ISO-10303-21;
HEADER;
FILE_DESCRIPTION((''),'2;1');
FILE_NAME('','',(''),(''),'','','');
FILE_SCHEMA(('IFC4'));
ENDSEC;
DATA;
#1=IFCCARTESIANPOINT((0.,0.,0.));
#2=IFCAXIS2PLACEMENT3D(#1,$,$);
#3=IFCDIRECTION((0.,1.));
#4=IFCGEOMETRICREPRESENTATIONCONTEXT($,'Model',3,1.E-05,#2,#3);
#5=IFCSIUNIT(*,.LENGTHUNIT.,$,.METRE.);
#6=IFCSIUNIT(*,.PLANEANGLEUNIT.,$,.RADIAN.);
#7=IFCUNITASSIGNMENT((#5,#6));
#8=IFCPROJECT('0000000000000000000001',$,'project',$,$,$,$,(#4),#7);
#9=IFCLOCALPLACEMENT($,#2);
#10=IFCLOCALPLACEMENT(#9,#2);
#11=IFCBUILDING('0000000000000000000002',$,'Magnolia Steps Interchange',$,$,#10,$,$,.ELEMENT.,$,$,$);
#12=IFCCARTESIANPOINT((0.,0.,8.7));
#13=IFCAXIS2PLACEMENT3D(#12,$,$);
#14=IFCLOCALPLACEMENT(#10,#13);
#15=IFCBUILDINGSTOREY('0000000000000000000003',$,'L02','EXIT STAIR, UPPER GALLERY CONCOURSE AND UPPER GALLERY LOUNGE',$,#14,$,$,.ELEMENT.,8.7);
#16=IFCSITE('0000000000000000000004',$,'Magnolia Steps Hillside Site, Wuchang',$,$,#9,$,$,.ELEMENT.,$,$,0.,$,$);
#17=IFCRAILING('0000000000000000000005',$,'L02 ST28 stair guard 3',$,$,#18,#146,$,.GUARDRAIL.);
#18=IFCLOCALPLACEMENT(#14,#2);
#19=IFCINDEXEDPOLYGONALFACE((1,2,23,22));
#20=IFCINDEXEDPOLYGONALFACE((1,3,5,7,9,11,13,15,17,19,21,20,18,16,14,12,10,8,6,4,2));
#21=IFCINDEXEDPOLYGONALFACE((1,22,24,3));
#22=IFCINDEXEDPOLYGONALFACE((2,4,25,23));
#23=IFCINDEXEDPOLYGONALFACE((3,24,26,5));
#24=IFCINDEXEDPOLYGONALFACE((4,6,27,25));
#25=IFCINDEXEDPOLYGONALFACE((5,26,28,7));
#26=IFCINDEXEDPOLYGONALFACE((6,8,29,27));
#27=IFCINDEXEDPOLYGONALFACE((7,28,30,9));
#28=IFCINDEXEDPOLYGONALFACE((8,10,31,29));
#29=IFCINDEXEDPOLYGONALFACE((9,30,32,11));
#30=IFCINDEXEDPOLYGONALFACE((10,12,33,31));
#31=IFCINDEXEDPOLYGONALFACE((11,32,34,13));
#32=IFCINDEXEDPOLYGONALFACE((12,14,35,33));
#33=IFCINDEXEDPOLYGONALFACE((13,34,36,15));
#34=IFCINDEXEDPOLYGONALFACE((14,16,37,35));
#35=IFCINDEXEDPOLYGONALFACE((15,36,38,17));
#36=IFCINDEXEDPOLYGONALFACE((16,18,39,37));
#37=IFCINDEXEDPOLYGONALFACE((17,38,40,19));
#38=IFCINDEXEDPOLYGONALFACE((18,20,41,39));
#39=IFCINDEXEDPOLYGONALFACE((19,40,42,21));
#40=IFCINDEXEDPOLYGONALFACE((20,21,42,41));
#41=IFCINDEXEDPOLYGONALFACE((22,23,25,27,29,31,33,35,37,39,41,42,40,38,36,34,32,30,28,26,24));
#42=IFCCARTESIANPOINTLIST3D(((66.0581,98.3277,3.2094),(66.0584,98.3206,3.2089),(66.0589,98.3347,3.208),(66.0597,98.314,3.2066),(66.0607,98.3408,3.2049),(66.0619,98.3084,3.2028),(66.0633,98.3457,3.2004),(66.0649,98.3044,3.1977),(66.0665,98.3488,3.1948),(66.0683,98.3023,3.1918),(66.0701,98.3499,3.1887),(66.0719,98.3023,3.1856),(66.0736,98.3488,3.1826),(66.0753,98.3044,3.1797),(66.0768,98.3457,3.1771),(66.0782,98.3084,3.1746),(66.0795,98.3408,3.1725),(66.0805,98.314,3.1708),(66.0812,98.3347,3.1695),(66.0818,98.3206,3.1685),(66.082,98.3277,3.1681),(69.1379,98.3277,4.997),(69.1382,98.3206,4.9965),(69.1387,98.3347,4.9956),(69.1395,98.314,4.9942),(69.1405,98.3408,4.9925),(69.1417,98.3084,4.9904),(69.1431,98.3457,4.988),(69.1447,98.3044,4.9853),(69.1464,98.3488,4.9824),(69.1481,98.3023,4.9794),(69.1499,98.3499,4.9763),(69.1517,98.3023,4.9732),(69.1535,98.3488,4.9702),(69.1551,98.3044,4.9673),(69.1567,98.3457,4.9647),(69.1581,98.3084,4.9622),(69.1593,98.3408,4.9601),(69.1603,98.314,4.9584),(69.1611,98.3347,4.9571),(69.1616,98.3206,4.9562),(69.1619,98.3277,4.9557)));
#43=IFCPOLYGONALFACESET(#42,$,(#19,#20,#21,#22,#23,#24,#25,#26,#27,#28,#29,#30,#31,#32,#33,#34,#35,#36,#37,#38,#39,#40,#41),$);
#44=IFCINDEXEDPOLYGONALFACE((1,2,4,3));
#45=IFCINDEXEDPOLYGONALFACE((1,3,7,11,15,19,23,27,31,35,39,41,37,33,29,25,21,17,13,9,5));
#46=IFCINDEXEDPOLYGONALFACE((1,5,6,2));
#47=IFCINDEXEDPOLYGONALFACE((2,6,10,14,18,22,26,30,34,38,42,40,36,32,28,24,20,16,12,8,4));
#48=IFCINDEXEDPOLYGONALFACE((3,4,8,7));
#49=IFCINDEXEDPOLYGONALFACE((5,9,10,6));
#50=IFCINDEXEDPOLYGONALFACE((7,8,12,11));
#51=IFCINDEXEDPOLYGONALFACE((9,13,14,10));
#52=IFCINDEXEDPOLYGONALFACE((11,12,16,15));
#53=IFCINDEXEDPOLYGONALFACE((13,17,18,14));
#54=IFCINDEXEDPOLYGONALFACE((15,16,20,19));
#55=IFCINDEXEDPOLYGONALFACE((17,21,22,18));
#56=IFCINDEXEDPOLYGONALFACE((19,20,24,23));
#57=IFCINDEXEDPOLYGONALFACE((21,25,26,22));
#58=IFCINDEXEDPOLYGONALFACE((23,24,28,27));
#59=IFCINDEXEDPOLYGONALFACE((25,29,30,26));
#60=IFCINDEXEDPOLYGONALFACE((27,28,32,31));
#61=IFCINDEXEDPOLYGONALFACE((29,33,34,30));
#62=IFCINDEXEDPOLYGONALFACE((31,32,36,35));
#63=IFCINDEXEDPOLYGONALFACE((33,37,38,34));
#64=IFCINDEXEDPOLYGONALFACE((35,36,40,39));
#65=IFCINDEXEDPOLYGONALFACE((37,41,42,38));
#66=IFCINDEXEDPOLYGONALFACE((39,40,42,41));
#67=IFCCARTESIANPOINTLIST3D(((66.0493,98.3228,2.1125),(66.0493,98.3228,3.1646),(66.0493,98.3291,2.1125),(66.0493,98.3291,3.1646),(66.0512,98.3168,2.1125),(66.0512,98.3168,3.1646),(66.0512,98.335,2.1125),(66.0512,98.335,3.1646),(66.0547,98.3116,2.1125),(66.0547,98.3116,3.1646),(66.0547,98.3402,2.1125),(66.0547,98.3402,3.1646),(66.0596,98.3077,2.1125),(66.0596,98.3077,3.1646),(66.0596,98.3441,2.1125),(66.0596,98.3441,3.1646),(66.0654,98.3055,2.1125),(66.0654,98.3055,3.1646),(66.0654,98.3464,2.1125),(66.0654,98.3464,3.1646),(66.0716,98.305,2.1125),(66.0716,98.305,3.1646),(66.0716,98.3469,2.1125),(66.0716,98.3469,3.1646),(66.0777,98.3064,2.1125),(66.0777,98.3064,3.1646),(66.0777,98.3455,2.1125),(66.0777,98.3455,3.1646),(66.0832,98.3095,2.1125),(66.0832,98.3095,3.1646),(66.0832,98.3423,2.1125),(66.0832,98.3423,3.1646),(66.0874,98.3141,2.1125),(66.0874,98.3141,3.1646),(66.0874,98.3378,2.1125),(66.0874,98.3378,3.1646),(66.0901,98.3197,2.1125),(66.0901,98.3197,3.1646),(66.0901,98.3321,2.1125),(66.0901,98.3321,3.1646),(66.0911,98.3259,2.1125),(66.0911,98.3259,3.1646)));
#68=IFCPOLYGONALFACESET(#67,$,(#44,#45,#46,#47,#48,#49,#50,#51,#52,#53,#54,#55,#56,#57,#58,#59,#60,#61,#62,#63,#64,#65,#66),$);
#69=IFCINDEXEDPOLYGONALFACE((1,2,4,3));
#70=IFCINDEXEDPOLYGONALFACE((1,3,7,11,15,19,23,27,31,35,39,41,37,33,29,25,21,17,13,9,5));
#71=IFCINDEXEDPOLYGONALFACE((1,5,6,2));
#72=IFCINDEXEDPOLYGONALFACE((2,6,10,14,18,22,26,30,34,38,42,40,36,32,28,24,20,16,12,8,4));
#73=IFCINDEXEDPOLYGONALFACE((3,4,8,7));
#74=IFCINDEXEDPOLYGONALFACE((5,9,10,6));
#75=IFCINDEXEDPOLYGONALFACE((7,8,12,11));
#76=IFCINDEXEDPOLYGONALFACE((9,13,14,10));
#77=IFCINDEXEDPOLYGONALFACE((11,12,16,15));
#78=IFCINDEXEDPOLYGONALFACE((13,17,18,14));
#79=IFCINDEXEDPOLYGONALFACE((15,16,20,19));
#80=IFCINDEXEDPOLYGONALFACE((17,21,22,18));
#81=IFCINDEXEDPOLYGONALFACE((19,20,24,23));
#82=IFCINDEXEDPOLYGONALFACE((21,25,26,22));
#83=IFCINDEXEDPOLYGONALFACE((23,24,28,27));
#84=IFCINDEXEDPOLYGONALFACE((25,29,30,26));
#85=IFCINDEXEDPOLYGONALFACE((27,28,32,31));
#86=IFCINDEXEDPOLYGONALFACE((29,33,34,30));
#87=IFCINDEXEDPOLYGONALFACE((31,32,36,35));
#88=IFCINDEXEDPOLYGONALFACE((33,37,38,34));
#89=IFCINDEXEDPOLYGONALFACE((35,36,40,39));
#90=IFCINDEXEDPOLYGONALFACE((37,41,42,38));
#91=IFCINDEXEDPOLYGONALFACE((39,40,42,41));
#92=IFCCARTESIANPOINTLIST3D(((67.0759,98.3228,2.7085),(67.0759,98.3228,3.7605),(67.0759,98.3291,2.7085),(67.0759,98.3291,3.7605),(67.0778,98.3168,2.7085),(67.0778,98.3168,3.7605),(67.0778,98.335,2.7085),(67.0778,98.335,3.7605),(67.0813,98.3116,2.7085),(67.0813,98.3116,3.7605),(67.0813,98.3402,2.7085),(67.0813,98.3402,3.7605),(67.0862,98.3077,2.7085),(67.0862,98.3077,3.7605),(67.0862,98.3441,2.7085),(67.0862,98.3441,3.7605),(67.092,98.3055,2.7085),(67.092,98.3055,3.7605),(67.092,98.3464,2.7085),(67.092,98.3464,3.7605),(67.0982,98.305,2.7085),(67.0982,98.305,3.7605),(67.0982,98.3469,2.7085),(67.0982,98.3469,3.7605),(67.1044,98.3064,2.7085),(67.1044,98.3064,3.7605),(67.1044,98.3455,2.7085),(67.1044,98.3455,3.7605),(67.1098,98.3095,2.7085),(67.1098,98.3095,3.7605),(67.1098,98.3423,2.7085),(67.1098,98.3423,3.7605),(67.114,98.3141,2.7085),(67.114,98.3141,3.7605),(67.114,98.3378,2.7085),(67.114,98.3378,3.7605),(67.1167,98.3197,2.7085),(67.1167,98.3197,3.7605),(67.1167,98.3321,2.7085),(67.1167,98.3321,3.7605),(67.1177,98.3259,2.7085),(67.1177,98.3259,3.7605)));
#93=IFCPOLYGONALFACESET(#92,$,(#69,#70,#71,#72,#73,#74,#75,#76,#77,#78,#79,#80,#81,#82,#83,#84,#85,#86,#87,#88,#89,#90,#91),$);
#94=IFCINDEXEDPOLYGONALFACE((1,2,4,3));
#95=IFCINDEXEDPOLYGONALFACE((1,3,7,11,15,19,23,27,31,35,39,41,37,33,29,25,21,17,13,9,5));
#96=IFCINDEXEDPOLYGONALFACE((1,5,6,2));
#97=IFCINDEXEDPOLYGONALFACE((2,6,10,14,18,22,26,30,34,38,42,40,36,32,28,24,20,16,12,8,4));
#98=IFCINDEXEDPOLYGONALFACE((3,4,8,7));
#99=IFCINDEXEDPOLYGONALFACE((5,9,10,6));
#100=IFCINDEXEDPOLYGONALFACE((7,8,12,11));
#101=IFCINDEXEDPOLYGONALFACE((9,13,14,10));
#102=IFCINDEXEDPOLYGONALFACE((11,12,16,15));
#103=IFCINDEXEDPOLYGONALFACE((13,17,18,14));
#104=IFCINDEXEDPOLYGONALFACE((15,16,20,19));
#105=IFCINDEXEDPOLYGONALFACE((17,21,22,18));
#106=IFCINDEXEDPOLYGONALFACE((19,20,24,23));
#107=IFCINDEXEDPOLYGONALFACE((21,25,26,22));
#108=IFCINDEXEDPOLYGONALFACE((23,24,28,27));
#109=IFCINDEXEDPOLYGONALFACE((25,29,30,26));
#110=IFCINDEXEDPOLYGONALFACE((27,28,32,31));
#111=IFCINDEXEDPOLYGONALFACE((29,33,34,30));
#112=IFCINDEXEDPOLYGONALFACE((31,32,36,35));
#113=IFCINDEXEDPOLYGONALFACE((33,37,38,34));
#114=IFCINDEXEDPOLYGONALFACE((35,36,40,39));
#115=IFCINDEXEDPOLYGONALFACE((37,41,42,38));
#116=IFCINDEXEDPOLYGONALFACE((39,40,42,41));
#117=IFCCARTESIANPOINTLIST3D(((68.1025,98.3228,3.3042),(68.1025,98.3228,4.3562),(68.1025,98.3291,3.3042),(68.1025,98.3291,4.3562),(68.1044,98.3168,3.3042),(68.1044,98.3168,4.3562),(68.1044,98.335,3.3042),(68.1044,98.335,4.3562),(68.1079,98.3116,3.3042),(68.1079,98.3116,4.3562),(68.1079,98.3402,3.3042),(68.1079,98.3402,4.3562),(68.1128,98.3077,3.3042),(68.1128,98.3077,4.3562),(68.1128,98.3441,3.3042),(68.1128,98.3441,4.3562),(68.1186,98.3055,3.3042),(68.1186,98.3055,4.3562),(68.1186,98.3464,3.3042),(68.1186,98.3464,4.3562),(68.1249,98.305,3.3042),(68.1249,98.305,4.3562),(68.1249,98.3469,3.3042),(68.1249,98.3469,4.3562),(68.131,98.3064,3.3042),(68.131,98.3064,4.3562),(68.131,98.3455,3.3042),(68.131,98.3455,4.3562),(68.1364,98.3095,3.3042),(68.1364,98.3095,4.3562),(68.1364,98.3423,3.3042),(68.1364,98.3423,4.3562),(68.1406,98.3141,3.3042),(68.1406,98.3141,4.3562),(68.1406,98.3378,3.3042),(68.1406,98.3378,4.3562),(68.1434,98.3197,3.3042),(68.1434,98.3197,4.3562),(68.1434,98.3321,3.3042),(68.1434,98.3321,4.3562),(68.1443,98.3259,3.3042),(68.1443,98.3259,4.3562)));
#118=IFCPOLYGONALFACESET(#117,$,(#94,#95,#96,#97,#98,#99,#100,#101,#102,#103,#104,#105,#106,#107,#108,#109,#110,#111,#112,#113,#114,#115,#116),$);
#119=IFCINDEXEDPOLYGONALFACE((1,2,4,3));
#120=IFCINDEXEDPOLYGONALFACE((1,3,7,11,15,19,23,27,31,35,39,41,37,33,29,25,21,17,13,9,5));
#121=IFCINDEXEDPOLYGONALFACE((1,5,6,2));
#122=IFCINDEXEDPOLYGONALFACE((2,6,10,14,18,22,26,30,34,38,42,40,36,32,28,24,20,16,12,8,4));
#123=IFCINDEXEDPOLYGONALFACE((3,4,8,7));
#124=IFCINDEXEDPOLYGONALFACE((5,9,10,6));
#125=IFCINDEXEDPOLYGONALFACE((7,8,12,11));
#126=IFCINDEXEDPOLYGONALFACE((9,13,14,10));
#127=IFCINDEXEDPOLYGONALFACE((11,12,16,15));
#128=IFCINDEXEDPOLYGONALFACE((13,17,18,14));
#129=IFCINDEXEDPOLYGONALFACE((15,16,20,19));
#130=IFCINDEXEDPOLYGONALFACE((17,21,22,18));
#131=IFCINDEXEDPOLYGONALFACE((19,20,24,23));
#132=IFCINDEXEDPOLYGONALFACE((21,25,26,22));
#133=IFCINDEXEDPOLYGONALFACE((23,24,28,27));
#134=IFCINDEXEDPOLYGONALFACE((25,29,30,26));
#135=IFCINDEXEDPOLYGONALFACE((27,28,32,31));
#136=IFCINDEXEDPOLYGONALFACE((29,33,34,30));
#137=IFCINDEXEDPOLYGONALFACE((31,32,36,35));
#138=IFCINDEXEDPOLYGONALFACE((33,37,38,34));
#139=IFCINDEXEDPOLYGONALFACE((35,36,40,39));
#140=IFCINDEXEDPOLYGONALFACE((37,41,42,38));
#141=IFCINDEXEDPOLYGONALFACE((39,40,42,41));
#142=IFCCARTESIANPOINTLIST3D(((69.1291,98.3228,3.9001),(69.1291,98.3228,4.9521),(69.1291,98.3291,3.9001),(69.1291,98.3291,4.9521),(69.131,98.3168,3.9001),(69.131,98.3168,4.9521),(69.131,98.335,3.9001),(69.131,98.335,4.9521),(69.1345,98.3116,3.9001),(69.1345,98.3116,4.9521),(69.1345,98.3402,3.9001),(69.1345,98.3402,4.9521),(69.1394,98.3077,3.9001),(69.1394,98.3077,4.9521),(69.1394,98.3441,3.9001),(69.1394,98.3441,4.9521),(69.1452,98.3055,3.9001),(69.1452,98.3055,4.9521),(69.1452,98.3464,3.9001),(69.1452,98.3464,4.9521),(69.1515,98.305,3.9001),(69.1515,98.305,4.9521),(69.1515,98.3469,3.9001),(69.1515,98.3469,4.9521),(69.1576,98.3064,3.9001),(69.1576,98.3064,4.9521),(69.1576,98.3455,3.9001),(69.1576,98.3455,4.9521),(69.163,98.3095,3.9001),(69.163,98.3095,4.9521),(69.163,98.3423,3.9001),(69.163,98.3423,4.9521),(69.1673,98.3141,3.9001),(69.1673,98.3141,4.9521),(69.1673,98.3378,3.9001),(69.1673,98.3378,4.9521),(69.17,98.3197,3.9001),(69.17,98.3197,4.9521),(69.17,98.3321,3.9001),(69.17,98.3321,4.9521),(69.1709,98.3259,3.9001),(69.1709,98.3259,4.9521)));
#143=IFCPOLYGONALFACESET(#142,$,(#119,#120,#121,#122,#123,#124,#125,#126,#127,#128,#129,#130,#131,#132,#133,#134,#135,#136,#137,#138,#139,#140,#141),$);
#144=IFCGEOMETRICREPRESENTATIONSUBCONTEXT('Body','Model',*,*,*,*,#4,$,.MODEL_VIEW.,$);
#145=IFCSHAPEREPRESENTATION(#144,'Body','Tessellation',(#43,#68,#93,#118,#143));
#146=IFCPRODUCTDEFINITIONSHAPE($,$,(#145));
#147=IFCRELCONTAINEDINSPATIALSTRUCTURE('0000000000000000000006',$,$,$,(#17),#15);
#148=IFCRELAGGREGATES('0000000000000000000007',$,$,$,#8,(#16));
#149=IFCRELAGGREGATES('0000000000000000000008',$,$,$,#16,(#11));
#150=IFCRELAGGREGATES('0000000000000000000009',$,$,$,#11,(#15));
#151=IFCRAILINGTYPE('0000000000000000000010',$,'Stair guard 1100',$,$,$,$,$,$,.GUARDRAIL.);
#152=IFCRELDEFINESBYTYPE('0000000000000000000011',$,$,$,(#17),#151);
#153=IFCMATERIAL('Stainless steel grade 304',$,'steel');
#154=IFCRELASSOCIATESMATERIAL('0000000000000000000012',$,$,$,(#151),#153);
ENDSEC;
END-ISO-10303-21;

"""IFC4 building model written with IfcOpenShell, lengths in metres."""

from ifc_helpers import new_model, si_unit, direction, frame, origin, origin_2d, place, context, subcontext, project, spatial, circle, extrude, material, type_object, element, save


model = new_model("IFC4")

# Units and contexts
model_context = context("Model", 3, precision=1e-05, world=origin(), true_north=direction((0.0, 1.0)))
body_context = subcontext(model_context, "Body", "Model", "MODEL_VIEW")
ifc_project = project(units=[si_unit("LENGTHUNIT", "METRE"), si_unit("PLANEANGLEUNIT", "RADIAN")], contexts=[model_context])

# Site, building, storey
site_placement = place(None, origin())
site = spatial("IfcSite", under=ifc_project, at=site_placement, Name="Magnolia Steps Hillside Site, Wuchang", CompositionType="ELEMENT", RefElevation=0.0)
building_placement = place(site_placement, origin())
building = spatial("IfcBuilding", under=site, at=building_placement, Name="Magnolia Steps Interchange", CompositionType="ELEMENT")
storey_placement = place(building_placement, frame((0.0, 0.0, 8.7)))
storey = spatial("IfcBuildingStorey", under=building, at=storey_placement, Name="L02", Description="EXIT STAIR, UPPER GALLERY CONCOURSE AND UPPER GALLERY LOUNGE", CompositionType="ELEMENT", Elevation=8.7)

# Railing
ifc_material_1 = material(Name="Stainless steel grade 304", Category="steel")
railing_type_1 = type_object("IfcRailingType", Name="Stair guard 1100", PredefinedType="GUARDRAIL", material=ifc_material_1)
railing_1_placement = place(storey_placement, frame((66.0701, 98.3259, 2.1125)))
element("IfcRailing", 1, at=railing_1_placement, inside=storey, type_object=railing_type_1, Name="L02 ST28 stair guard 3", PredefinedType="GUARDRAIL", context=body_context, shape_type="SweptSolid", body=[
    extrude(circle(Radius=0.0239, at=origin_2d()), frame((0.0, 0.0, 1.0762), z_axis=(0.864873, 0.0, 0.50199), x_axis=(0.0, 1.0, 0.0)), (0.0, 0.0, 1.0), 3.561),
    extrude(circle(Radius=0.021, at=origin_2d()), origin(), (0.0, 0.0, 1.0), 1.052),
    extrude(circle(Radius=0.021, at=origin_2d()), frame((1.0266, 0.0, 0.5959)), (0.0, 0.0, 1.0), 1.052),
    extrude(circle(Radius=0.021, at=origin_2d()), frame((2.0532, 0.0, 1.1917)), (0.0, 0.0, 1.0), 1.052),
    extrude(circle(Radius=0.021, at=origin_2d()), frame((3.0798, 0.0, 1.7876)), (0.0, 0.0, 1.0), 1.052),
])

save(model, "model.ifc")
